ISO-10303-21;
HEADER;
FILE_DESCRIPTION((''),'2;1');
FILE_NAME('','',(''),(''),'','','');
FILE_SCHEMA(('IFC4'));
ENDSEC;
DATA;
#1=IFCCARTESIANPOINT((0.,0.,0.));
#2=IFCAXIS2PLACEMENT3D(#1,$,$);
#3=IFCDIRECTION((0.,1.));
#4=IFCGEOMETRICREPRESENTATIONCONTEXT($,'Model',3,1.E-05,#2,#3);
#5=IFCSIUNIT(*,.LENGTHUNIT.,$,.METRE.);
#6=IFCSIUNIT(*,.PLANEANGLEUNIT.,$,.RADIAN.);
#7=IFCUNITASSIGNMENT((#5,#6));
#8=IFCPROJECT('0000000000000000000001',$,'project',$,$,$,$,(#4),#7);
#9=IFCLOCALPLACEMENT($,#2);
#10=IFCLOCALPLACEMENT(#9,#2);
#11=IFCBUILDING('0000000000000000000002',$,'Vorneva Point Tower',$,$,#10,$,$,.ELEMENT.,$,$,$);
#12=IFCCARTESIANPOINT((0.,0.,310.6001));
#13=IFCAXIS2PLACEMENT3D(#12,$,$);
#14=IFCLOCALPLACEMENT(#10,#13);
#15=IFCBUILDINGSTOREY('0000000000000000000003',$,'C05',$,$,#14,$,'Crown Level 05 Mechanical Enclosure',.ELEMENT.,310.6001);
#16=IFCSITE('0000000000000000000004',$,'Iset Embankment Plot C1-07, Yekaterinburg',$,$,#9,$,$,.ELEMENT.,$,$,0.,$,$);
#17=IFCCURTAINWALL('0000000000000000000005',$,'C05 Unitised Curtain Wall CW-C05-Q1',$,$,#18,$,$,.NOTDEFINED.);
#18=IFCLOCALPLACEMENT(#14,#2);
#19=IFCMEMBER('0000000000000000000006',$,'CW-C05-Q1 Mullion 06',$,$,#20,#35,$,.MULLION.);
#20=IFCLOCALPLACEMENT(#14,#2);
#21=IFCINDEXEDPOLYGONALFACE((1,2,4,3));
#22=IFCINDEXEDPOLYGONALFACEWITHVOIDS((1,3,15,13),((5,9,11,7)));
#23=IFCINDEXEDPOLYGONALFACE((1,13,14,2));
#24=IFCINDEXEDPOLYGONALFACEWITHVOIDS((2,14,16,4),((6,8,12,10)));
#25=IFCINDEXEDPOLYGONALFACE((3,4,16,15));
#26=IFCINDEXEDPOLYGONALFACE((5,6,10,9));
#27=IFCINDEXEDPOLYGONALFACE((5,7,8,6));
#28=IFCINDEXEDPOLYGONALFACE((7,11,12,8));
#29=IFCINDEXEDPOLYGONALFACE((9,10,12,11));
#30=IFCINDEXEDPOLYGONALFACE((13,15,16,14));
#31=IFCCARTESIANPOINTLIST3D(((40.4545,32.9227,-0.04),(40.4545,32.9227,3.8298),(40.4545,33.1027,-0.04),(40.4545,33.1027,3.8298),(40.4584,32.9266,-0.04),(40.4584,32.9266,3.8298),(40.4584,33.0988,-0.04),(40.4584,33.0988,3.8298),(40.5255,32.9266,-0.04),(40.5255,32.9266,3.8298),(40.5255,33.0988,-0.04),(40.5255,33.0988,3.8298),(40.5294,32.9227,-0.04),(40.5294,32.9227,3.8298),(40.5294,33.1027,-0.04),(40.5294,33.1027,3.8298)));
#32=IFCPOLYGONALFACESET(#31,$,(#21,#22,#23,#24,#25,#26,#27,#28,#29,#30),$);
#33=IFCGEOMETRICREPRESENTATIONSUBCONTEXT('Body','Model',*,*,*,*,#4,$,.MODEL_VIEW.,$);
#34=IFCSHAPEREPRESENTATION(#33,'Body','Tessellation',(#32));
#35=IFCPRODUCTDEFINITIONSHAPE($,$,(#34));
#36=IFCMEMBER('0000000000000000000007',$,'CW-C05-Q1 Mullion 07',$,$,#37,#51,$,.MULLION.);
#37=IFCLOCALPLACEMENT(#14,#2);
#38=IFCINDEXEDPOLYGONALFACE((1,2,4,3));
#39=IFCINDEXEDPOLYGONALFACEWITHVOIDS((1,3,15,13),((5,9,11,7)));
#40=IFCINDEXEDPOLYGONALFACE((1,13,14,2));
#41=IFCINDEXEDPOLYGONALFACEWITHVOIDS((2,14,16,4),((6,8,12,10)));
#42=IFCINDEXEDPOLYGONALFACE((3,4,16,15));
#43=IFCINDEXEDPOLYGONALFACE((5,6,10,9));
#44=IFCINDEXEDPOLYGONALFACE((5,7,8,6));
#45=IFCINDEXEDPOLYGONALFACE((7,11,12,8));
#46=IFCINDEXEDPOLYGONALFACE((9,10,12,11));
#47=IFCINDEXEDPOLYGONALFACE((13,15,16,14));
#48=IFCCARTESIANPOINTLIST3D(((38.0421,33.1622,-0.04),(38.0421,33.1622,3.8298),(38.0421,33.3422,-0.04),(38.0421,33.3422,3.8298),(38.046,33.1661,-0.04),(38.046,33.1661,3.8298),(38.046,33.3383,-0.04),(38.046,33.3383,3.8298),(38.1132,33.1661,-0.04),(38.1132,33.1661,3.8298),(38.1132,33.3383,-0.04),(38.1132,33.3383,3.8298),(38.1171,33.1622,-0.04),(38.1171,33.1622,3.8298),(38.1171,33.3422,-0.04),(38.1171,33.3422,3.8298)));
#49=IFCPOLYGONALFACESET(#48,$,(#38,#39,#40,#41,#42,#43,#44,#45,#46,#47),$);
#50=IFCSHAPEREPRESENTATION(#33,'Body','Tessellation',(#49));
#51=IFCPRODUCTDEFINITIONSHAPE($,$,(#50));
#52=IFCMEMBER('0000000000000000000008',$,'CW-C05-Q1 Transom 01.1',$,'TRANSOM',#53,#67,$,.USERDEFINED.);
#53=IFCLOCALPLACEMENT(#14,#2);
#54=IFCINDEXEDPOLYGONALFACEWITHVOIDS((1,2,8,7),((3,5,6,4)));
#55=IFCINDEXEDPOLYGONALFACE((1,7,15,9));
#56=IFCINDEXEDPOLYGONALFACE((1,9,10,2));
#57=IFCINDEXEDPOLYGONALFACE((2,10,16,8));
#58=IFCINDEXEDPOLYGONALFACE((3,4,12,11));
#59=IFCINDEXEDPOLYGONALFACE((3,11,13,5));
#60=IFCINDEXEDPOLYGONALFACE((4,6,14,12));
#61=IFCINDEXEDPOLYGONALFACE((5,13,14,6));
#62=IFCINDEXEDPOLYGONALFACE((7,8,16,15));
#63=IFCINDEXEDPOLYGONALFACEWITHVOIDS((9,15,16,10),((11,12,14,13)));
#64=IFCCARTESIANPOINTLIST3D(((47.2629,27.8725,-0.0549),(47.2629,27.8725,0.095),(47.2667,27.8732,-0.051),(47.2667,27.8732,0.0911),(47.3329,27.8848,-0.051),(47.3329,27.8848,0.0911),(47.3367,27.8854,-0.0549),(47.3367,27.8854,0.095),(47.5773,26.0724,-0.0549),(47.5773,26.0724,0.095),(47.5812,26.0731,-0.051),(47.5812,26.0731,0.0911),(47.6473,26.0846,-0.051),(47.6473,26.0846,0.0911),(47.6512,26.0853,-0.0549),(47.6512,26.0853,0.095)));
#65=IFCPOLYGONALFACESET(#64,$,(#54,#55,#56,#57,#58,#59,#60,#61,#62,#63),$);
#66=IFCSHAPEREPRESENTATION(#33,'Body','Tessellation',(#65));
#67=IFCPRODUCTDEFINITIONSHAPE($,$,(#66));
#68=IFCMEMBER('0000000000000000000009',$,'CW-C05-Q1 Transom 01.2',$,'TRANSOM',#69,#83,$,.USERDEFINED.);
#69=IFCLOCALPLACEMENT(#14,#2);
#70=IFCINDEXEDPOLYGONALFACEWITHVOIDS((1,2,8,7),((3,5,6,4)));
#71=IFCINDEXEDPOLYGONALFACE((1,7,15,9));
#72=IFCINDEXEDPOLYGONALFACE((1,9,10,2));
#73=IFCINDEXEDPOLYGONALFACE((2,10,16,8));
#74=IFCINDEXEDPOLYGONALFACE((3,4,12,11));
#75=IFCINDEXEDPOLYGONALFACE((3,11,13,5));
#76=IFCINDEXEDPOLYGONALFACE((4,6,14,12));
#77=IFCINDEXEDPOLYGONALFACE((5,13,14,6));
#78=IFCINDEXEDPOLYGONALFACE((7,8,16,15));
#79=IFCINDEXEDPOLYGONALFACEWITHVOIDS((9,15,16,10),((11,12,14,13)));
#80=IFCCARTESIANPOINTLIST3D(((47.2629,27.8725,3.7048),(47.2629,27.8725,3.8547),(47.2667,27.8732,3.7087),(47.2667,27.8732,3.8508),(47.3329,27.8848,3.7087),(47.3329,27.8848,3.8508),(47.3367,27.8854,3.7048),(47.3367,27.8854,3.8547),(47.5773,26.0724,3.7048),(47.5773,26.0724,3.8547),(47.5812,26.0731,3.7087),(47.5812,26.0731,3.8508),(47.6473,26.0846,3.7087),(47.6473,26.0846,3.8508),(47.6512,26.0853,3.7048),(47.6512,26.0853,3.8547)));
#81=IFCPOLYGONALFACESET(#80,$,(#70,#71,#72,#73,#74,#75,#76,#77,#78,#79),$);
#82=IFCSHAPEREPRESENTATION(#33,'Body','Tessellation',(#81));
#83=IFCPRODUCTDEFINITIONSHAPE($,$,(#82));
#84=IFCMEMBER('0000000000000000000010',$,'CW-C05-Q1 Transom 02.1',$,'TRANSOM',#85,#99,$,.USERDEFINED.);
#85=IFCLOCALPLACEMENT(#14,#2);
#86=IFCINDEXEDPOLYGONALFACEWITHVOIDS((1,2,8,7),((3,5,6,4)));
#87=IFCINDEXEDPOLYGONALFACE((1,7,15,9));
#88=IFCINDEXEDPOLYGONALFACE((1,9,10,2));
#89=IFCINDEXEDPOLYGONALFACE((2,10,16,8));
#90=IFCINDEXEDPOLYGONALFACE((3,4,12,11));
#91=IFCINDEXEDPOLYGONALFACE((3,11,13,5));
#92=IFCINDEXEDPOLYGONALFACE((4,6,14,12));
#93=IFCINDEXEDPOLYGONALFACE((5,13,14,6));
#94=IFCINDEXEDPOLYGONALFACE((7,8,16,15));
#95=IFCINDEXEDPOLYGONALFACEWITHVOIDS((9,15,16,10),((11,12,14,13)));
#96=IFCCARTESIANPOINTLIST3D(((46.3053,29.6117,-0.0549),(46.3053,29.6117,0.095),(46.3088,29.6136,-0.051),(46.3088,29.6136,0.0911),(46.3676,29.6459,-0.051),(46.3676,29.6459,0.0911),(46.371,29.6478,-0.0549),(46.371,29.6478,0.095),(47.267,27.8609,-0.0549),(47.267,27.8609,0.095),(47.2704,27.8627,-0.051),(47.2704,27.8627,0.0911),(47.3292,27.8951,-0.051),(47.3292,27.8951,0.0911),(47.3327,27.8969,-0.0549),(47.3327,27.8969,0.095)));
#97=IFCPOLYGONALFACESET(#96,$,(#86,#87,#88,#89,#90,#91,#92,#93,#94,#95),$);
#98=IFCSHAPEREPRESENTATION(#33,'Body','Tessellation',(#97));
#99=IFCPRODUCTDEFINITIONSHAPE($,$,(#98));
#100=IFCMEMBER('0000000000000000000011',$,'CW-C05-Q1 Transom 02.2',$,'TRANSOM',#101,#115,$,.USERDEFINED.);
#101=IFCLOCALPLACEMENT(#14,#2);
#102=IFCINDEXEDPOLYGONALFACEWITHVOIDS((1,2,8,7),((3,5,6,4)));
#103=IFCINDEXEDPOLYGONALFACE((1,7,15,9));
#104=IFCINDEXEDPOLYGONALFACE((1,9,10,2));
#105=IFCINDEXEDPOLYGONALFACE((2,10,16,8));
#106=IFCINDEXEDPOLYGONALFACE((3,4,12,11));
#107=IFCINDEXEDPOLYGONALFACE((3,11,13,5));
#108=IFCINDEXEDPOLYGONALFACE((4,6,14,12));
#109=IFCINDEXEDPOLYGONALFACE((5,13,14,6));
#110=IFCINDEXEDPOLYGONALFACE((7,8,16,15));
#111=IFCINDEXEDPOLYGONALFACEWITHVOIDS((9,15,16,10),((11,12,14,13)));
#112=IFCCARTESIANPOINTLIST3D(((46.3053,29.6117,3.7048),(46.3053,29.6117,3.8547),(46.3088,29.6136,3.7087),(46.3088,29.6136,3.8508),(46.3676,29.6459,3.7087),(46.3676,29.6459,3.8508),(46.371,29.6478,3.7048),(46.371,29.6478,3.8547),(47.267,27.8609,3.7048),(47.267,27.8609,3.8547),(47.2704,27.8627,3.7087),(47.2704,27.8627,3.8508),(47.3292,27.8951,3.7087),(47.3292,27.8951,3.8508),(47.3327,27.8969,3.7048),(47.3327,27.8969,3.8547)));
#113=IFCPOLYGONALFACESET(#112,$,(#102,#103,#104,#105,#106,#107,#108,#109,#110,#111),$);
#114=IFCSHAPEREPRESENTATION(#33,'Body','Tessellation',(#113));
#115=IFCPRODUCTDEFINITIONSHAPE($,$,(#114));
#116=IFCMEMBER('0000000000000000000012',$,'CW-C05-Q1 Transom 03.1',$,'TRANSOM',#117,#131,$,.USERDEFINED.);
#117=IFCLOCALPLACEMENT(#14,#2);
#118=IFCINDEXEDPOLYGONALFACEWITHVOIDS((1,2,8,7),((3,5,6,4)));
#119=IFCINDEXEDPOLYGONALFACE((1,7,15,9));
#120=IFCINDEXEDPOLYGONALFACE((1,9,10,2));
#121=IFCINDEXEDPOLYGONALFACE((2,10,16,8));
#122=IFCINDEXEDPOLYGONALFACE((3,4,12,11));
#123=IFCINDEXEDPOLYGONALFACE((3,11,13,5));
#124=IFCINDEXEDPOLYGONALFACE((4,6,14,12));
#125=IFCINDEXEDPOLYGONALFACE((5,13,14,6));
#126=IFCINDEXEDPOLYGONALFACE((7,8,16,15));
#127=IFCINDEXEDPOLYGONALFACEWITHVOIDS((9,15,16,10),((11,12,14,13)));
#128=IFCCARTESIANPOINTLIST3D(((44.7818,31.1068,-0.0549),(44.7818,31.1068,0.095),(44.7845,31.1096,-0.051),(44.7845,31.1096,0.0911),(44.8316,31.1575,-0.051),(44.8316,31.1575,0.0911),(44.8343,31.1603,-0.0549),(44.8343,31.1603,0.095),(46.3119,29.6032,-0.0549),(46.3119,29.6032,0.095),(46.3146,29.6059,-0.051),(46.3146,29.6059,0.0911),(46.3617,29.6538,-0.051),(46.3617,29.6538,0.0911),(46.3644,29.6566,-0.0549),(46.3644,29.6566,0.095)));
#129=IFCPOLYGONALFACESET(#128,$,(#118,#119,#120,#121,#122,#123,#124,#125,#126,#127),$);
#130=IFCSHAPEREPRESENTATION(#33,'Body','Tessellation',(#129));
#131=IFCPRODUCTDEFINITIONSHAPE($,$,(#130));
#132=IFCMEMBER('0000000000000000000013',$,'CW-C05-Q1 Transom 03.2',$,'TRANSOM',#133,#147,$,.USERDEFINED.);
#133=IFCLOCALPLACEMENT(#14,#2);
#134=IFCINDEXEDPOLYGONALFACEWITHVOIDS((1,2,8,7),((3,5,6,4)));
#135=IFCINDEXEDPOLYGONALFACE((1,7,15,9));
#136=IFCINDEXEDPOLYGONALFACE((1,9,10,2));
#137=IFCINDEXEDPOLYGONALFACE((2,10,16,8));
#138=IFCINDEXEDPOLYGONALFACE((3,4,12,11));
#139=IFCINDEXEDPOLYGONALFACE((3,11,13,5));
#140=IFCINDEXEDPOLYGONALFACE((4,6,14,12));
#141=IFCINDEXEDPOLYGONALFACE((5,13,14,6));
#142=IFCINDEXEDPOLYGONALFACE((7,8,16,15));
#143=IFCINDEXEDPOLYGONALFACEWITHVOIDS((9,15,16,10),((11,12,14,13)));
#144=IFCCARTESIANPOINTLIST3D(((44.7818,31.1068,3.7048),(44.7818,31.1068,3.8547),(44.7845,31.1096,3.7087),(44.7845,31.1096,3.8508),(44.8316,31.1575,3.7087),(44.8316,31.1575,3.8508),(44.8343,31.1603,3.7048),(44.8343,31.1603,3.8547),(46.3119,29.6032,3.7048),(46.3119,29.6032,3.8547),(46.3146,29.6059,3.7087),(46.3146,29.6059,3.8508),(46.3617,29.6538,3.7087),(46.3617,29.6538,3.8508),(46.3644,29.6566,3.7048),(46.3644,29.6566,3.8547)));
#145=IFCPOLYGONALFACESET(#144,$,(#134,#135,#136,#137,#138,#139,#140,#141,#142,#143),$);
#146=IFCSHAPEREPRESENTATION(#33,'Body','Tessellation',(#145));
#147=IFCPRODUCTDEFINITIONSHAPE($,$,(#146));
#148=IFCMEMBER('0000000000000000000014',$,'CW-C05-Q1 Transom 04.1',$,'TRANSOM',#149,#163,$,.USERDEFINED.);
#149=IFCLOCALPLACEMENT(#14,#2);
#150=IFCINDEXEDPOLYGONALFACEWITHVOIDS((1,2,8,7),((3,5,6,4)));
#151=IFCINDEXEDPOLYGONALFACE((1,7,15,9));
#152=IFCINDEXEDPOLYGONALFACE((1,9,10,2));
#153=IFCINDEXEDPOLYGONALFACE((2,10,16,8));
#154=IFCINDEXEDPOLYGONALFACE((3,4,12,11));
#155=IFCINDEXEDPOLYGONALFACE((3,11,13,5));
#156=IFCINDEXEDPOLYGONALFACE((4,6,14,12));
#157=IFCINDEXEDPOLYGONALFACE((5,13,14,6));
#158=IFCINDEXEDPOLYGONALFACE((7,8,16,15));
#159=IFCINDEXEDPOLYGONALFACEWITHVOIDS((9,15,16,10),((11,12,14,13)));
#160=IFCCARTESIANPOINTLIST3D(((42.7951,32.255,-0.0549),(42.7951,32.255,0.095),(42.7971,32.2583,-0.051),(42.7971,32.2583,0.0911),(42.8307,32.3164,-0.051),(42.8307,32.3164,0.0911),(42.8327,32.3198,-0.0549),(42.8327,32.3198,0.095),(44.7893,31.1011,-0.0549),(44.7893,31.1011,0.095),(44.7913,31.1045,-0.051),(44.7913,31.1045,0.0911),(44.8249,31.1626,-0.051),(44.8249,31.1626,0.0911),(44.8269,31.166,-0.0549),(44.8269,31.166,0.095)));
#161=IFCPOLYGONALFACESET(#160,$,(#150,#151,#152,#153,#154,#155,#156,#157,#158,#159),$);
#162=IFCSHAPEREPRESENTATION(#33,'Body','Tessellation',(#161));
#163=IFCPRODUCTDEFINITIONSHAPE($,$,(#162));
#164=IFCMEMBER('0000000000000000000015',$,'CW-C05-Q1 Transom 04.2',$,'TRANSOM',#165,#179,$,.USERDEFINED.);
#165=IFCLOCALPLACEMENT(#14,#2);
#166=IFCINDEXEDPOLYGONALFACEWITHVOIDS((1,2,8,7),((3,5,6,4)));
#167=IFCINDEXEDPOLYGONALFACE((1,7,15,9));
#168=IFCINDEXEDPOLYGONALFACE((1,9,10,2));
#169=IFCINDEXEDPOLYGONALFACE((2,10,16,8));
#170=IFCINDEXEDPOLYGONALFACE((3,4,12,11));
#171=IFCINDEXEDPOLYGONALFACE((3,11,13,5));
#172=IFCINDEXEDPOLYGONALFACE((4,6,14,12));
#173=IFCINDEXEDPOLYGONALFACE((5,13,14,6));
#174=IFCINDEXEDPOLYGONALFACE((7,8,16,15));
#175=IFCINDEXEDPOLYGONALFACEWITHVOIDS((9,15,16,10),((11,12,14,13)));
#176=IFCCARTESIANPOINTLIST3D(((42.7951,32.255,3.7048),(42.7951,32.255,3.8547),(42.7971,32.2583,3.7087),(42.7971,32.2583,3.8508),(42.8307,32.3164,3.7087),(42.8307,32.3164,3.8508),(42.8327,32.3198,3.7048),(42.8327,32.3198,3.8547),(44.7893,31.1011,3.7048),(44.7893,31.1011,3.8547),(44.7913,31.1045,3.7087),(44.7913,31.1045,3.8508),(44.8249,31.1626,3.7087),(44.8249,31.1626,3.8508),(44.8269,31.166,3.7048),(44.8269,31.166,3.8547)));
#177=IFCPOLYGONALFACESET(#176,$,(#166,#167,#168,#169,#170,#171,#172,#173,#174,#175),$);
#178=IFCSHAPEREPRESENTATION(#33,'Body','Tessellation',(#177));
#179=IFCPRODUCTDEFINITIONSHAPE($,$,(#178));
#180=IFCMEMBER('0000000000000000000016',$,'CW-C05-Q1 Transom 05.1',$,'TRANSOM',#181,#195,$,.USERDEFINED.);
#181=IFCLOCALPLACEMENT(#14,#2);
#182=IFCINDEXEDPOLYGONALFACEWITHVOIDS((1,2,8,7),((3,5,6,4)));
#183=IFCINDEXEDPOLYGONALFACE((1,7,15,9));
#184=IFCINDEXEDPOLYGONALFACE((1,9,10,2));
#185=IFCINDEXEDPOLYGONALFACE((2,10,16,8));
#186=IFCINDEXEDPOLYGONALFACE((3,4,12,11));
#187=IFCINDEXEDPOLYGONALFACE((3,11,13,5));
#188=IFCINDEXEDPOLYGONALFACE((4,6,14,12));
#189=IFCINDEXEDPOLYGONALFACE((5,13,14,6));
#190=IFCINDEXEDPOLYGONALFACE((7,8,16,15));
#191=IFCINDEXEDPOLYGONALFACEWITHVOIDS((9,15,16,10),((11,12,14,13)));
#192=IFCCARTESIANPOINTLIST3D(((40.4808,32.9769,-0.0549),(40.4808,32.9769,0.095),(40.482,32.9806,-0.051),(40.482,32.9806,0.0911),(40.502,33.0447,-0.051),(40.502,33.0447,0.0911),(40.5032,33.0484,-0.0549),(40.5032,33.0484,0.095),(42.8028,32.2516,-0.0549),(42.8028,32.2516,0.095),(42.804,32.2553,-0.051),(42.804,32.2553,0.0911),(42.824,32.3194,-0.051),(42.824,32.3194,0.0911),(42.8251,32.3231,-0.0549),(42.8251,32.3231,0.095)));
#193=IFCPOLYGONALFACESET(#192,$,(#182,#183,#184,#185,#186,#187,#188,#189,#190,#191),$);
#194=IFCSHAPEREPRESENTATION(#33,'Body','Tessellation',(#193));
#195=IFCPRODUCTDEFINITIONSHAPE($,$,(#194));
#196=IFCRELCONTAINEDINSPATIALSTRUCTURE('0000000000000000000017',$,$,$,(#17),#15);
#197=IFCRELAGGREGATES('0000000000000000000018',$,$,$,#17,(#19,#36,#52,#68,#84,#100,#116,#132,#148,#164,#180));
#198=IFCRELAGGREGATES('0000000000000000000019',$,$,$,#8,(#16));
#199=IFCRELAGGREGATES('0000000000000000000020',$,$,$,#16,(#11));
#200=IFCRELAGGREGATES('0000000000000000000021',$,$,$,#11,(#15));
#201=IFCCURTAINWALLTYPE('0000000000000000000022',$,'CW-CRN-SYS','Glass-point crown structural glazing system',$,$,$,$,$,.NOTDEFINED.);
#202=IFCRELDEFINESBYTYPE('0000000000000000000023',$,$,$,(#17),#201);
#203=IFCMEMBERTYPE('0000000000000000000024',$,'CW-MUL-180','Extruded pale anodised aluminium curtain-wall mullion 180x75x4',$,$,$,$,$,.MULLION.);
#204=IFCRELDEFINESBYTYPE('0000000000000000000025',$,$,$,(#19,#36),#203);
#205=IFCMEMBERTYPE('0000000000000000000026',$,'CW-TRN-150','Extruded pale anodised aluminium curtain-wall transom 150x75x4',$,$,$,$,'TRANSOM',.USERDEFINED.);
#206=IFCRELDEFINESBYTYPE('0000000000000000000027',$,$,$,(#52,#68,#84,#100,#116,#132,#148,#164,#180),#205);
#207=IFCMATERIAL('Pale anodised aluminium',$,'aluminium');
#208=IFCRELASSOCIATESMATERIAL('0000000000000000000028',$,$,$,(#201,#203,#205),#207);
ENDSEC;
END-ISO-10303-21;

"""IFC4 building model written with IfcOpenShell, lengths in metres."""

from ifc_helpers import new_model, si_unit, direction, frame, origin, origin_2d, place, context, subcontext, project, spatial, hollow_rectangle, extrude, material, material_profile, profile_set, type_object, element, aggregate, save


model = new_model("IFC4")

# Units and contexts
model_context = context("Model", 3, precision=1e-05, world=origin(), true_north=direction((0.0, 1.0)))
body_context = subcontext(model_context, "Body", "Model", "MODEL_VIEW")
ifc_project = project(units=[si_unit("LENGTHUNIT", "METRE"), si_unit("PLANEANGLEUNIT", "RADIAN")], contexts=[model_context])

# Site, building, storey
site_placement = place(None, origin())
site = spatial("IfcSite", under=ifc_project, at=site_placement, Name="Iset Embankment Plot C1-07, Yekaterinburg", CompositionType="ELEMENT", RefElevation=0.0)
building_placement = place(site_placement, origin())
building = spatial("IfcBuilding", under=site, at=building_placement, Name="Vorneva Point Tower", CompositionType="ELEMENT")
storey_placement = place(building_placement, frame((0.0, 0.0, 310.6001)))
storey = spatial("IfcBuildingStorey", under=building, at=storey_placement, Name="C05", LongName="Crown Level 05 Mechanical Enclosure", CompositionType="ELEMENT", Elevation=310.6001)

# Curtain wall, members
ifc_material_1 = material(Name="Pale anodised aluminium", Category="aluminium")
curtain_wall_type = type_object("IfcCurtainWallType", Name="CW-CRN-SYS", Description="Glass-point crown structural glazing system", PredefinedType="NOTDEFINED", material=ifc_material_1)
curtain_wall_placement = place(storey_placement, origin())
curtain_wall = element("IfcCurtainWall", 1, at=curtain_wall_placement, inside=storey, type_object=curtain_wall_type, Name="C05 Unitised Curtain Wall CW-C05-Q1", PredefinedType="NOTDEFINED")
ifc_material_profile_1 = material_profile(ifc_material_1, hollow_rectangle(XDim=0.075, YDim=0.1799, WallThickness=0.0039, at=origin_2d()), Name="AL-MUL 180x75x4")
ifc_profile_set_1 = profile_set([ifc_material_profile_1], Name="Pale anodised aluminium")
member_type_1 = type_object("IfcMemberType", Name="CW-MUL-180", Description="Extruded pale anodised aluminium curtain-wall mullion 180x75x4", PredefinedType="MULLION", material=ifc_profile_set_1)
member_1_placement = place(storey_placement, frame((40.4919, 33.0127, -0.04), z_axis=(0.0, 0.0, 1.0), x_axis=(1.0, 0.0, 0.0)))
member_1 = element("IfcMember", 2, at=member_1_placement, type_object=member_type_1, Name="CW-C05-Q1 Mullion 06", PredefinedType="MULLION", context=body_context, shape_type="SweptSolid", body=[
    extrude(hollow_rectangle(XDim=0.075, YDim=0.1799, WallThickness=0.0039, at=origin_2d()), origin(), (0.0, 0.0, 1.0), 3.8699),
])
member_2_placement = place(storey_placement, frame((38.0796, 33.2522, -0.04), z_axis=(0.0, 0.0, 1.0), x_axis=(1.0, 0.0, 0.0)))
member_2 = element("IfcMember", 3, at=member_2_placement, type_object=member_type_1, Name="CW-C05-Q1 Mullion 07", PredefinedType="MULLION", context=body_context, shape_type="SweptSolid", body=[
    extrude(hollow_rectangle(XDim=0.075, YDim=0.1799, WallThickness=0.0039, at=origin_2d()), origin(), (0.0, 0.0, 1.0), 3.8699),
])
ifc_material_profile_2 = material_profile(ifc_material_1, hollow_rectangle(XDim=0.075, YDim=0.1499, WallThickness=0.0039, at=origin_2d()), Name="AL-TRN 150x75x4")
ifc_profile_set_2 = profile_set([ifc_material_profile_2], Name="Pale anodised aluminium")
member_type_2 = type_object("IfcMemberType", Name="CW-TRN-150", Description="Extruded pale anodised aluminium curtain-wall transom 150x75x4", ElementType="TRANSOM", PredefinedType="USERDEFINED", material=ifc_profile_set_2)
member_3_placement = place(storey_placement, frame((47.6143, 26.0789, 0.02), z_axis=(-0.172085, 0.985082, 0.0), x_axis=(-0.985082, -0.172085, 0.0)))
member_3 = element("IfcMember", 4, at=member_3_placement, type_object=member_type_2, Name="CW-C05-Q1 Transom 01.1", ObjectType="TRANSOM", PredefinedType="USERDEFINED", context=body_context, shape_type="SweptSolid", body=[
    extrude(hollow_rectangle(XDim=0.075, YDim=0.1499, WallThickness=0.0039, at=origin_2d()), origin(), (0.0, 0.0, 1.0), 1.8274),
])
member_4_placement = place(storey_placement, frame((47.6143, 26.0789, 3.7798), z_axis=(-0.172085, 0.985082, 0.0), x_axis=(-0.985082, -0.172085, 0.0)))
member_4 = element("IfcMember", 5, at=member_4_placement, type_object=member_type_2, Name="CW-C05-Q1 Transom 01.2", ObjectType="TRANSOM", PredefinedType="USERDEFINED", context=body_context, shape_type="SweptSolid", body=[
    extrude(hollow_rectangle(XDim=0.075, YDim=0.1499, WallThickness=0.0039, at=origin_2d()), origin(), (0.0, 0.0, 1.0), 1.8274),
])
member_5_placement = place(storey_placement, frame((47.2998, 27.8789, 0.02), z_axis=(-0.481393, 0.876505, 0.0), x_axis=(-0.876505, -0.481393, 0.0)))
member_5 = element("IfcMember", 6, at=member_5_placement, type_object=member_type_2, Name="CW-C05-Q1 Transom 02.1", ObjectType="TRANSOM", PredefinedType="USERDEFINED", context=body_context, shape_type="SweptSolid", body=[
    extrude(hollow_rectangle(XDim=0.075, YDim=0.1499, WallThickness=0.0039, at=origin_2d()), origin(), (0.0, 0.0, 1.0), 1.9976),
])
member_6_placement = place(storey_placement, frame((47.2998, 27.8789, 3.7798), z_axis=(-0.481393, 0.876505, 0.0), x_axis=(-0.876505, -0.481393, 0.0)))
member_6 = element("IfcMember", 7, at=member_6_placement, type_object=member_type_2, Name="CW-C05-Q1 Transom 02.2", ObjectType="TRANSOM", PredefinedType="USERDEFINED", context=body_context, shape_type="SweptSolid", body=[
    extrude(hollow_rectangle(XDim=0.075, YDim=0.1499, WallThickness=0.0039, at=origin_2d()), origin(), (0.0, 0.0, 1.0), 1.9976),
])
member_7_placement = place(storey_placement, frame((46.3381, 29.6299, 0.02), z_axis=(-0.713226, 0.700935, 0.0), x_axis=(-0.700935, -0.713226, 0.0)))
member_7 = element("IfcMember", 8, at=member_7_placement, type_object=member_type_2, Name="CW-C05-Q1 Transom 03.1", ObjectType="TRANSOM", PredefinedType="USERDEFINED", context=body_context, shape_type="SweptSolid", body=[
    extrude(hollow_rectangle(XDim=0.075, YDim=0.1499, WallThickness=0.0039, at=origin_2d()), origin(), (0.0, 0.0, 1.0), 2.1453),
])
member_8_placement = place(storey_placement, frame((46.3381, 29.6299, 3.7798), z_axis=(-0.713226, 0.700935, 0.0), x_axis=(-0.700935, -0.713226, 0.0)))
member_8 = element("IfcMember", 9, at=member_8_placement, type_object=member_type_2, Name="CW-C05-Q1 Transom 03.2", ObjectType="TRANSOM", PredefinedType="USERDEFINED", context=body_context, shape_type="SweptSolid", body=[
    extrude(hollow_rectangle(XDim=0.075, YDim=0.1499, WallThickness=0.0039, at=origin_2d()), origin(), (0.0, 0.0, 1.0), 2.1453),
])
member_9_placement = place(storey_placement, frame((44.8081, 31.1335, 0.02), z_axis=(-0.865557, 0.500811, 0.0), x_axis=(-0.500811, -0.865557, 0.0)))
member_9 = element("IfcMember", 10, at=member_9_placement, type_object=member_type_2, Name="CW-C05-Q1 Transom 04.1", ObjectType="TRANSOM", PredefinedType="USERDEFINED", context=body_context, shape_type="SweptSolid", body=[
    extrude(hollow_rectangle(XDim=0.075, YDim=0.1499, WallThickness=0.0039, at=origin_2d()), origin(), (0.0, 0.0, 1.0), 2.304),
])
member_10_placement = place(storey_placement, frame((44.8081, 31.1335, 3.7798), z_axis=(-0.865557, 0.500811, 0.0), x_axis=(-0.500811, -0.865557, 0.0)))
member_10 = element("IfcMember", 11, at=member_10_placement, type_object=member_type_2, Name="CW-C05-Q1 Transom 04.2", ObjectType="TRANSOM", PredefinedType="USERDEFINED", context=body_context, shape_type="SweptSolid", body=[
    extrude(hollow_rectangle(XDim=0.075, YDim=0.1499, WallThickness=0.0039, at=origin_2d()), origin(), (0.0, 0.0, 1.0), 2.304),
])
member_11_placement = place(storey_placement, frame((42.814, 32.2874, 0.02), z_axis=(-0.954514, 0.298166, 0.0), x_axis=(-0.298166, -0.954514, 0.0)))
member_11 = element("IfcMember", 12, at=member_11_placement, type_object=member_type_2, Name="CW-C05-Q1 Transom 05.1", ObjectType="TRANSOM", PredefinedType="USERDEFINED", context=body_context, shape_type="SweptSolid", body=[
    extrude(hollow_rectangle(XDim=0.075, YDim=0.1499, WallThickness=0.0039, at=origin_2d()), origin(), (0.0, 0.0, 1.0), 2.4326),
])

aggregate(curtain_wall, [member_1, member_2, member_3, member_4, member_5, member_6, member_7, member_8, member_9, member_10, member_11])

save(model, "model.ifc")
